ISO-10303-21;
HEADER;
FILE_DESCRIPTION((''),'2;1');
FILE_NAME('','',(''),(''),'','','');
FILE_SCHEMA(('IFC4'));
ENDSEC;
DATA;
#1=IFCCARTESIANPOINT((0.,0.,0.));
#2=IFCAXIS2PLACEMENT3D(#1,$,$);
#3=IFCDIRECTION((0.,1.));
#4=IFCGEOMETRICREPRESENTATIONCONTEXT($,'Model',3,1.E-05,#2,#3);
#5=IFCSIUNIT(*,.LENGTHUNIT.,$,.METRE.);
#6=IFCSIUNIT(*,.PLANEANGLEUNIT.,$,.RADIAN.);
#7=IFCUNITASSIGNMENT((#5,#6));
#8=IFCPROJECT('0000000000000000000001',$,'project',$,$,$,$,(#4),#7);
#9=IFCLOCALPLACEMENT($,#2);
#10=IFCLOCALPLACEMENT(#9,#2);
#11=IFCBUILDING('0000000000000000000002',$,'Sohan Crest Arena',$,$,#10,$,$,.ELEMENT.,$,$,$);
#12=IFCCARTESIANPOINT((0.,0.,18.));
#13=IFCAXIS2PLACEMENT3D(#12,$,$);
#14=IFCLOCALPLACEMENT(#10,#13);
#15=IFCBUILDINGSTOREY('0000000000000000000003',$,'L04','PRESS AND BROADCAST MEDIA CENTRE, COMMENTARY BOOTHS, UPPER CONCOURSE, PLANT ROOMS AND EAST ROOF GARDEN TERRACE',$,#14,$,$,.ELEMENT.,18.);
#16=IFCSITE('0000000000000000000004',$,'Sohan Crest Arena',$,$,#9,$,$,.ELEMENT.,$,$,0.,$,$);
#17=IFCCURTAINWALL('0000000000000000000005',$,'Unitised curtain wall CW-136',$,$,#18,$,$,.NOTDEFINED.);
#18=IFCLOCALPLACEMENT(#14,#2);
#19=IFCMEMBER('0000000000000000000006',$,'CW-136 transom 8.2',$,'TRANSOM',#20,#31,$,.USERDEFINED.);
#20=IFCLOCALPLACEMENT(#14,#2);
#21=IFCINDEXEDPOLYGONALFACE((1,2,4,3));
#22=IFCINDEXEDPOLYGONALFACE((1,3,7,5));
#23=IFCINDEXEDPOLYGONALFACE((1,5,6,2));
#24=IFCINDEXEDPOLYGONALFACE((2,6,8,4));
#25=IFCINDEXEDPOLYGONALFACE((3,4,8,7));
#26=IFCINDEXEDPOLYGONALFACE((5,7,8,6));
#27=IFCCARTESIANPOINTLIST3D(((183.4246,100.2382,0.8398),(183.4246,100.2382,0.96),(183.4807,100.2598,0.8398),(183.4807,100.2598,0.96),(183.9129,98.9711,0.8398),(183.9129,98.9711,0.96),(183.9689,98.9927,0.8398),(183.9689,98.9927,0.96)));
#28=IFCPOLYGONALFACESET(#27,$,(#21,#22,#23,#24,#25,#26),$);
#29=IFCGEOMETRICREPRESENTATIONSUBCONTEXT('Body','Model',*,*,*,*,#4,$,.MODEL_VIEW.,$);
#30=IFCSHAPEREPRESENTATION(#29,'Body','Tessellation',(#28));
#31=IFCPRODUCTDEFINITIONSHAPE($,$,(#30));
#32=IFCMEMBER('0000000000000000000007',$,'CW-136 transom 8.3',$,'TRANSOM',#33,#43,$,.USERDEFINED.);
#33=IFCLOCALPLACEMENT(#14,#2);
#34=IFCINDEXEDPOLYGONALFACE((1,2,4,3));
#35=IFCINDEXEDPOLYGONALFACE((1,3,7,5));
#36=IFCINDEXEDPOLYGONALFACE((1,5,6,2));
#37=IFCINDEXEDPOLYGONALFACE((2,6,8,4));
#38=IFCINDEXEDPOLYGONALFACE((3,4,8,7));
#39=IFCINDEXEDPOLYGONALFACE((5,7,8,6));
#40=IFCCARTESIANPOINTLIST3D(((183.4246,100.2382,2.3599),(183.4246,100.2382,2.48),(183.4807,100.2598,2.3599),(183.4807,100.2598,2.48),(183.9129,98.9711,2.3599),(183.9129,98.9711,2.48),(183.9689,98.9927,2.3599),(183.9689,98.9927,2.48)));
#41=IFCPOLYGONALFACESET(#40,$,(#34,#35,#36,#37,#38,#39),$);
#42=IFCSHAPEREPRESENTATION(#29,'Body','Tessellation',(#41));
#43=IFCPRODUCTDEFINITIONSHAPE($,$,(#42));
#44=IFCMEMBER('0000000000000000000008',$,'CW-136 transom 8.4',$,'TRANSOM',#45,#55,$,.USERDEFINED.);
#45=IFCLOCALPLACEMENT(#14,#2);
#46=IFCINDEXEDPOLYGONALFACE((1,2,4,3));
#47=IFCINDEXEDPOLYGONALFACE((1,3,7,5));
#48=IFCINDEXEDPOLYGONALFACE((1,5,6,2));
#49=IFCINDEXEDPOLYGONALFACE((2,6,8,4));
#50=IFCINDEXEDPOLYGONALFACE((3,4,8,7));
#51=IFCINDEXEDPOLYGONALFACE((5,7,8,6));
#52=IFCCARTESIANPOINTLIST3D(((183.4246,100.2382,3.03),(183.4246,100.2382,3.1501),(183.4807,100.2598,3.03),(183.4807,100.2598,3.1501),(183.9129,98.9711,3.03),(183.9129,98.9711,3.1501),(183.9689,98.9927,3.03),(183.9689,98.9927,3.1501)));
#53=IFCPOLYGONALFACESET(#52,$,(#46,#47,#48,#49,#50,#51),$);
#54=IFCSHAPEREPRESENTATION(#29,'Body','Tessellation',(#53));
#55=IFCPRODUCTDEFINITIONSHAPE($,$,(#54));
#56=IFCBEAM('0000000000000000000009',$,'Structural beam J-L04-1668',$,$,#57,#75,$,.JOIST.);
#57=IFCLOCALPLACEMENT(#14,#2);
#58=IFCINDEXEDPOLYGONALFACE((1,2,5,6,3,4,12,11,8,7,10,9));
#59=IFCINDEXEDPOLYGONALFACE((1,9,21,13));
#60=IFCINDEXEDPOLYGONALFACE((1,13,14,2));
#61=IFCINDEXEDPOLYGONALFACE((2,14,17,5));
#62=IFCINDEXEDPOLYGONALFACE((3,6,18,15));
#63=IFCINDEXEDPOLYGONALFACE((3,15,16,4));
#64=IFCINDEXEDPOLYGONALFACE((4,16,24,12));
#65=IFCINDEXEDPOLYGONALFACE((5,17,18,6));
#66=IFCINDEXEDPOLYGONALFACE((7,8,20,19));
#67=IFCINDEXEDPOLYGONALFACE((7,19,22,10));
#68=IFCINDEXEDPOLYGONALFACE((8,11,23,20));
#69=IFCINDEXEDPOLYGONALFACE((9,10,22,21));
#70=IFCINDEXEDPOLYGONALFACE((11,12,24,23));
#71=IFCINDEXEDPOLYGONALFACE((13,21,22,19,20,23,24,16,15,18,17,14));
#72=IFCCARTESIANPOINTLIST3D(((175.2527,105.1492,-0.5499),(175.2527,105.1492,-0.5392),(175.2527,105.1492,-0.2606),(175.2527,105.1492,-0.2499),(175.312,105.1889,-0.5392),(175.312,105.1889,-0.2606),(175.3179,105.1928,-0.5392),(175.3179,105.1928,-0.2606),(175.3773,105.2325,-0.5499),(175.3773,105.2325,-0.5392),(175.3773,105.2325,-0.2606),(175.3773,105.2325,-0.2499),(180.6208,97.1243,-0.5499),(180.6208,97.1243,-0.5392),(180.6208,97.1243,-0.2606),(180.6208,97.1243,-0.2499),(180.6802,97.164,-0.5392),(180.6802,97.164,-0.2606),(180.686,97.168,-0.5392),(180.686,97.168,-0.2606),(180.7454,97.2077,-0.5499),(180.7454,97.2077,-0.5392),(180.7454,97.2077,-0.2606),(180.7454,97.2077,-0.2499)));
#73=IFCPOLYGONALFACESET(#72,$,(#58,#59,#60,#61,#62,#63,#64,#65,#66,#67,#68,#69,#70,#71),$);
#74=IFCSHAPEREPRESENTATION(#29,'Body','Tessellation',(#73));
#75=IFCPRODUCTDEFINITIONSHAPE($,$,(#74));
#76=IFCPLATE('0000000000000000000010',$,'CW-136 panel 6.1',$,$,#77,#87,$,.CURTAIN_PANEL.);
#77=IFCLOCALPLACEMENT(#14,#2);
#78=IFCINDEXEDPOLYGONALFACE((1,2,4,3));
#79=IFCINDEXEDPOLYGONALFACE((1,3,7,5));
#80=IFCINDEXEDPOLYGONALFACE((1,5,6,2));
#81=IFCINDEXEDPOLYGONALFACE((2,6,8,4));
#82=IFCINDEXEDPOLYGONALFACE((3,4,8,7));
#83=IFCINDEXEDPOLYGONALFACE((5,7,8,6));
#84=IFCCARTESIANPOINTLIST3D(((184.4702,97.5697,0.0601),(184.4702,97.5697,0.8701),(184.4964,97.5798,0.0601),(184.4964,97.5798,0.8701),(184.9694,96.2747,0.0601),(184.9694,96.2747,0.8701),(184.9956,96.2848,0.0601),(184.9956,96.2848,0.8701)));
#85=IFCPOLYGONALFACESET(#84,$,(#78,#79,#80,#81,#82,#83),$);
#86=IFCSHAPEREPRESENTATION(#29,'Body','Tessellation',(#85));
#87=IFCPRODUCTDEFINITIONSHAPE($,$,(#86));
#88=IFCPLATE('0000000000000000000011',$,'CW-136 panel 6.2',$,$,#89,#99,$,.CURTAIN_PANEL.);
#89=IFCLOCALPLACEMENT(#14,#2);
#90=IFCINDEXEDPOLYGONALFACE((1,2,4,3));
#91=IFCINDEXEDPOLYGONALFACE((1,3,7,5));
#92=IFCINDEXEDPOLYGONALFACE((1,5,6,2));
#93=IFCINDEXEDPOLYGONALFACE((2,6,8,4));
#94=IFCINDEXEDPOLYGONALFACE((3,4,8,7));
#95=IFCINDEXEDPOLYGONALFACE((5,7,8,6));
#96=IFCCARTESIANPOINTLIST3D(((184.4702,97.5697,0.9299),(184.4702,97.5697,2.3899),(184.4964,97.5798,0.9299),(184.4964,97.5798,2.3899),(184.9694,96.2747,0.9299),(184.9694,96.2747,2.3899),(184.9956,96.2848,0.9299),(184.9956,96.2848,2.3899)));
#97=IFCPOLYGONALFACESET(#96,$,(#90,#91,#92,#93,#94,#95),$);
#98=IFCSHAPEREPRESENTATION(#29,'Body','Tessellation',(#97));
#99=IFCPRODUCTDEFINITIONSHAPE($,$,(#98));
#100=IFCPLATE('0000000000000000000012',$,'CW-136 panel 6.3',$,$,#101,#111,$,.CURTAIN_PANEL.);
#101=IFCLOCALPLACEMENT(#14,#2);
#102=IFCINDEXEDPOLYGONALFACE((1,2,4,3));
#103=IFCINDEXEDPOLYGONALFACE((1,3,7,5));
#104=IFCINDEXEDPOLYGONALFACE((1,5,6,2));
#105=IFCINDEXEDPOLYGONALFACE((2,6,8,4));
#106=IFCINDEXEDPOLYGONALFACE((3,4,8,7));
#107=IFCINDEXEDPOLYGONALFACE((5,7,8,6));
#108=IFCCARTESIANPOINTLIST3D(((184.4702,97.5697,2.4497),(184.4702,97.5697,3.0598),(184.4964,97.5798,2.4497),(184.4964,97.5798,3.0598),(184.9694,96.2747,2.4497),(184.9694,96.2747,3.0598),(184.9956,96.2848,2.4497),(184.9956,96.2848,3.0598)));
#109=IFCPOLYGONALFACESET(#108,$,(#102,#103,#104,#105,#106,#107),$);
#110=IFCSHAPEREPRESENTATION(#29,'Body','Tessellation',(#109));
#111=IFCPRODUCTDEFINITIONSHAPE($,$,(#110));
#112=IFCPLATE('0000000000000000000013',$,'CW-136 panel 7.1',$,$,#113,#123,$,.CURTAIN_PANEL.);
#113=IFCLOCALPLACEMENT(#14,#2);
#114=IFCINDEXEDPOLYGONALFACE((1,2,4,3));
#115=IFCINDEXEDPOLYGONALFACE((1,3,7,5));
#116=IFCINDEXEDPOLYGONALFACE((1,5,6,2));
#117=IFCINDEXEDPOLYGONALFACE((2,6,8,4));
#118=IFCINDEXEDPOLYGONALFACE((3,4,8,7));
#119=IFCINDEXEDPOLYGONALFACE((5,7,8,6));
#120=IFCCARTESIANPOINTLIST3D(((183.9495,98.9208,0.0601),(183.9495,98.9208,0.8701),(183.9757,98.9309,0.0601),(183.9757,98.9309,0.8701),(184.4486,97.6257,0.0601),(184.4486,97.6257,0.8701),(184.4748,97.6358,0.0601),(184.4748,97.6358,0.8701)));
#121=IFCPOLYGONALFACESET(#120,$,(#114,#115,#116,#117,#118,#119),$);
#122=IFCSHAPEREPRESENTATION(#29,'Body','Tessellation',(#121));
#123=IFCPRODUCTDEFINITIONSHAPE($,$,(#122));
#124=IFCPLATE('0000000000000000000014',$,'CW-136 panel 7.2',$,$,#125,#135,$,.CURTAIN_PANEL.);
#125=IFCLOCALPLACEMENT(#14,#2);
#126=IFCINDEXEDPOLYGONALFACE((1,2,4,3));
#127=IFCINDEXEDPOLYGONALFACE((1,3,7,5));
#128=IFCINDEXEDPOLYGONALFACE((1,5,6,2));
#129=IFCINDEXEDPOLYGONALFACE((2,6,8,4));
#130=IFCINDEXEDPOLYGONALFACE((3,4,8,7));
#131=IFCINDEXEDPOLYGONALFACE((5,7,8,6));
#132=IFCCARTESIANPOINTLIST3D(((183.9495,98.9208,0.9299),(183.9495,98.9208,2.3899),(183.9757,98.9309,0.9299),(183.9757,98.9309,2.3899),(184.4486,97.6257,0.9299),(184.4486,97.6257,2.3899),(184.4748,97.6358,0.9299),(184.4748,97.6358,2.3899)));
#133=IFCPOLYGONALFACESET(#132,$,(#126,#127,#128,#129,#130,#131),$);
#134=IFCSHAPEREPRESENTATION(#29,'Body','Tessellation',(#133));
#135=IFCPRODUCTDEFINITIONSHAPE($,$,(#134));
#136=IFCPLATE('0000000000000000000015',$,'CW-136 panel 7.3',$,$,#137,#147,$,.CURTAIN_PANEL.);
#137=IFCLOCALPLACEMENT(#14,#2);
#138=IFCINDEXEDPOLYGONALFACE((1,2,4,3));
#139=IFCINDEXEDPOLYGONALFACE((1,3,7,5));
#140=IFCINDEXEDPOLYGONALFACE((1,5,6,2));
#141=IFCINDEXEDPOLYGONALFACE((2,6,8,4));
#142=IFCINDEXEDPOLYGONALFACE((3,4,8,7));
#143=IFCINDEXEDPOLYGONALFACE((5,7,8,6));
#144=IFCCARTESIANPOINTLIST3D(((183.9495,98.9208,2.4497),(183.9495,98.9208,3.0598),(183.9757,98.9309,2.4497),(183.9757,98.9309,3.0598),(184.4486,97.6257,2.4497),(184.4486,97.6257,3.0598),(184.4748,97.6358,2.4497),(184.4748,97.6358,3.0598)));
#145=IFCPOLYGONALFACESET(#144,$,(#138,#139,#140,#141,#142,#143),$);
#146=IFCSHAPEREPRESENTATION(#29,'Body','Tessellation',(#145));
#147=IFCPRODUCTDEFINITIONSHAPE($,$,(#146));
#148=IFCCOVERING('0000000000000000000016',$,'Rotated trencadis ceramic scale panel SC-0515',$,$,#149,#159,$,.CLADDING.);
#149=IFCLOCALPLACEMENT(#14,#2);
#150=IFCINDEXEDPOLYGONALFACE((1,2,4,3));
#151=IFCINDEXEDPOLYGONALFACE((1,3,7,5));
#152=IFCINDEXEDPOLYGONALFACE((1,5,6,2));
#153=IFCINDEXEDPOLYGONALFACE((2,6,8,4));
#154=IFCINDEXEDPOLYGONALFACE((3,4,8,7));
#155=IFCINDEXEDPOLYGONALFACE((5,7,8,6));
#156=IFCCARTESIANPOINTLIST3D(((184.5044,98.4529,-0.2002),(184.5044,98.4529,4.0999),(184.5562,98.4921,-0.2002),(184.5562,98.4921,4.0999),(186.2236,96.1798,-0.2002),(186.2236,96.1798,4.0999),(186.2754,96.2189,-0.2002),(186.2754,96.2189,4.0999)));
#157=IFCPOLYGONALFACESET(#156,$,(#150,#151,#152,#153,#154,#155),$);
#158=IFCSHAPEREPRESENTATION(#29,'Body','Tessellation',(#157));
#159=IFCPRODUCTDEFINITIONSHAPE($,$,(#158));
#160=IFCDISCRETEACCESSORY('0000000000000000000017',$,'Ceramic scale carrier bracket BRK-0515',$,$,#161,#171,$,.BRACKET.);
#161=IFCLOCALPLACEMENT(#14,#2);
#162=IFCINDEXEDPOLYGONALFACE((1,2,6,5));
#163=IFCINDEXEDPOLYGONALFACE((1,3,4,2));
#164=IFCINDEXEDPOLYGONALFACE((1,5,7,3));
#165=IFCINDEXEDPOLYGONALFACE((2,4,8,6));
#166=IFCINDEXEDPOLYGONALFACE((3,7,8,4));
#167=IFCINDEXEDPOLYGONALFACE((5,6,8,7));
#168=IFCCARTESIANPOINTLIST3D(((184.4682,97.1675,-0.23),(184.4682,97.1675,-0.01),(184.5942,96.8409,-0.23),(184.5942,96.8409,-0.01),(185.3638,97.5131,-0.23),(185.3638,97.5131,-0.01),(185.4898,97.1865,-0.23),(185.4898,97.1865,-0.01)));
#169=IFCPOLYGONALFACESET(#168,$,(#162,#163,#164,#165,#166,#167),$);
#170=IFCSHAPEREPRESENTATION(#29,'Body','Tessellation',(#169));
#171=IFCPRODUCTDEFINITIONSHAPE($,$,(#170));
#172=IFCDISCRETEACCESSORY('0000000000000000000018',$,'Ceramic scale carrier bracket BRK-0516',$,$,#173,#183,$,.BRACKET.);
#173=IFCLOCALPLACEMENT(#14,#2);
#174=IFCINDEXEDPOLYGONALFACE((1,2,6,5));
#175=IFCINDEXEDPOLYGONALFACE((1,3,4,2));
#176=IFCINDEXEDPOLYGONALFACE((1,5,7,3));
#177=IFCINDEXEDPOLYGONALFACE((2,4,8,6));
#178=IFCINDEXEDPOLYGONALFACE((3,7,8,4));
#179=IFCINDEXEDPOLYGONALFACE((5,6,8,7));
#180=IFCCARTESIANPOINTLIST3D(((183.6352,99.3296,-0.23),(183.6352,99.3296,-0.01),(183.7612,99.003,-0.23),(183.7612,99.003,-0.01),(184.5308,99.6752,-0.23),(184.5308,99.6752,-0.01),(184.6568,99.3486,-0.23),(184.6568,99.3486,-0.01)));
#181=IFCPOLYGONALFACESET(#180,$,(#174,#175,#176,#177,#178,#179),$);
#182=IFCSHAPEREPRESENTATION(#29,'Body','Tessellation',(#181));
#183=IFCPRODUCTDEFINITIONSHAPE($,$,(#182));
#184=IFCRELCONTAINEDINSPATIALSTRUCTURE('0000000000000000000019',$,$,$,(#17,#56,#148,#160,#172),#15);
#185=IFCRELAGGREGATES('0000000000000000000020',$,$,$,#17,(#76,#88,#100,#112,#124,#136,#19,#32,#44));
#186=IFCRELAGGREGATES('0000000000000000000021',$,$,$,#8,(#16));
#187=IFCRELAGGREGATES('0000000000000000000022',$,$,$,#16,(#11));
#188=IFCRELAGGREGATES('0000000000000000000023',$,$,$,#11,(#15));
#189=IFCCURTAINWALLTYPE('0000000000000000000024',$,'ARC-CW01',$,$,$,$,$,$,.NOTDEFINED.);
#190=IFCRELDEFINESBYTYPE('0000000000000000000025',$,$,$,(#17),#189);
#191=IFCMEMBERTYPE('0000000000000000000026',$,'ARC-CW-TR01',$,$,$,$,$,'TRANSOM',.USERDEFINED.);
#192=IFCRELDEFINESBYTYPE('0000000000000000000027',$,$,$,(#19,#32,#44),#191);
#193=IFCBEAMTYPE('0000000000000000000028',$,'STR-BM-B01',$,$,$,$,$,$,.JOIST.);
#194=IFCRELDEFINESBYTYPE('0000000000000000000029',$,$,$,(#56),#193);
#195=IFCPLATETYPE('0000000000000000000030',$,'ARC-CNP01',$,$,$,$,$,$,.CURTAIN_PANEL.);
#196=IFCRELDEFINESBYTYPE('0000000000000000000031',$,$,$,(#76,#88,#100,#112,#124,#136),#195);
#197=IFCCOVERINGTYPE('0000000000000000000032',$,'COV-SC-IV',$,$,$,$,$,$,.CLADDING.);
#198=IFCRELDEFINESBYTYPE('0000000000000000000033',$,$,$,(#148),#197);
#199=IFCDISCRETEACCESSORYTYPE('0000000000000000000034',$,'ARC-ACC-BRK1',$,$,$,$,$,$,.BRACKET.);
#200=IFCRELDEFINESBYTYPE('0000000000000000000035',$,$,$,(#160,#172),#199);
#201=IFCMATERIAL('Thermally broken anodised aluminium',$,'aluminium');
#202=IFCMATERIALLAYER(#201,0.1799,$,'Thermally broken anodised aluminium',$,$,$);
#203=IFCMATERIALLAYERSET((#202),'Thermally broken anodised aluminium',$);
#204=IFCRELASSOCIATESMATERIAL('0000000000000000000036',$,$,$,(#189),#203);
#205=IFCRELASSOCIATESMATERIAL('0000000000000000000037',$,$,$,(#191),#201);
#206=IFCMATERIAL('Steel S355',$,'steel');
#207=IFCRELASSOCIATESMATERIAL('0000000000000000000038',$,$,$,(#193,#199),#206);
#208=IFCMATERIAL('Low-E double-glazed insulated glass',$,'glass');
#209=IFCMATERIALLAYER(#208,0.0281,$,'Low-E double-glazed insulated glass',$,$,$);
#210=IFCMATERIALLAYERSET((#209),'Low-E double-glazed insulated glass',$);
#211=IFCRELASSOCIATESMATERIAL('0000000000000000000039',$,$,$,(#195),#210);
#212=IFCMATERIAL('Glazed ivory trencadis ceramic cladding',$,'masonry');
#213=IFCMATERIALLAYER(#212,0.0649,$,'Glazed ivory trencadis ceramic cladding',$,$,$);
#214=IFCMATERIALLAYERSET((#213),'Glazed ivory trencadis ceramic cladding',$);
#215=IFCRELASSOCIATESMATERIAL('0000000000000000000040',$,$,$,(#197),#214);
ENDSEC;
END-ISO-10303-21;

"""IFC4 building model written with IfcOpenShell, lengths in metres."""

from ifc_helpers import new_model, si_unit, direction, frame, origin, origin_2d, place, context, subcontext, project, spatial, rectangle, i_section, extrude, material, layer, layer_set, material_profile, profile_set, type_object, element, aggregate, save


model = new_model("IFC4")

# Units and contexts
model_context = context("Model", 3, precision=1e-05, world=origin(), true_north=direction((0.0, 1.0)))
body_context = subcontext(model_context, "Body", "Model", "MODEL_VIEW")
ifc_project = project(units=[si_unit("LENGTHUNIT", "METRE"), si_unit("PLANEANGLEUNIT", "RADIAN")], contexts=[model_context])

# Site, building, storey
site_placement = place(None, origin())
site = spatial("IfcSite", under=ifc_project, at=site_placement, Name="Sohan Crest Arena", CompositionType="ELEMENT", RefElevation=0.0)
building_placement = place(site_placement, origin())
building = spatial("IfcBuilding", under=site, at=building_placement, Name="Sohan Crest Arena", CompositionType="ELEMENT")
storey_placement = place(building_placement, frame((0.0, 0.0, 18.0)))
storey = spatial("IfcBuildingStorey", under=building, at=storey_placement, Name="L04", Description="PRESS AND BROADCAST MEDIA CENTRE, COMMENTARY BOOTHS, UPPER CONCOURSE, PLANT ROOMS AND EAST ROOF GARDEN TERRACE", CompositionType="ELEMENT", Elevation=18.0)

# Shared definitions
ifc_material_1 = material(Name="Steel S355", Category="steel")

# Curtain wall, members
ifc_material_2 = material(Name="Thermally broken anodised aluminium", Category="aluminium")
ifc_layer_1 = layer(ifc_material_2, 0.1799, Name="Thermally broken anodised aluminium")
ifc_layer_set_1 = layer_set([ifc_layer_1], Name="Thermally broken anodised aluminium")
curtain_wall_type = type_object("IfcCurtainWallType", Name="ARC-CW01", PredefinedType="NOTDEFINED", material=ifc_layer_set_1)
curtain_wall_placement = place(storey_placement, origin())
curtain_wall = element("IfcCurtainWall", 1, at=curtain_wall_placement, inside=storey, type_object=curtain_wall_type, Name="Unitised curtain wall CW-136", PredefinedType="NOTDEFINED")
ifc_material_profile_1 = material_profile(ifc_material_2, rectangle(XDim=0.0601, YDim=0.1201, at=origin_2d()), Name="ALU-TRAN 60x120")
ifc_profile_set_1 = profile_set([ifc_material_profile_1], Name="Thermally broken anodised aluminium")
member_type_1 = type_object("IfcMemberType", Name="ARC-CW-TR01", ElementType="TRANSOM", PredefinedType="USERDEFINED", material=ifc_profile_set_1)
member_1_placement = place(storey_placement, frame((183.9409, 98.9819, 0.8999), z_axis=(-0.359581, 0.933114, 0.0), x_axis=(-0.933114, -0.359581, 0.0)))
member_1 = element("IfcMember", 2, at=member_1_placement, type_object=member_type_1, Name="CW-136 transom 8.2", ObjectType="TRANSOM", PredefinedType="USERDEFINED", context=body_context, shape_type="SweptSolid", body=[
    extrude(rectangle(XDim=0.0601, YDim=0.1201, at=origin_2d()), origin(), (0.0, 0.0, 1.0), 1.3579),
])
member_2_placement = place(storey_placement, frame((183.9409, 98.9819, 2.4199), z_axis=(-0.359581, 0.933114, 0.0), x_axis=(-0.933114, -0.359581, 0.0)))
member_2 = element("IfcMember", 3, at=member_2_placement, type_object=member_type_1, Name="CW-136 transom 8.3", ObjectType="TRANSOM", PredefinedType="USERDEFINED", context=body_context, shape_type="SweptSolid", body=[
    extrude(rectangle(XDim=0.0601, YDim=0.1201, at=origin_2d()), origin(), (0.0, 0.0, 1.0), 1.3579),
])
member_3_placement = place(storey_placement, frame((183.9409, 98.9819, 3.0901), z_axis=(-0.359581, 0.933114, 0.0), x_axis=(-0.933114, -0.359581, 0.0)))
member_3 = element("IfcMember", 4, at=member_3_placement, type_object=member_type_1, Name="CW-136 transom 8.4", ObjectType="TRANSOM", PredefinedType="USERDEFINED", context=body_context, shape_type="SweptSolid", body=[
    extrude(rectangle(XDim=0.0601, YDim=0.1201, at=origin_2d()), origin(), (0.0, 0.0, 1.0), 1.3579),
])

# Beam
ifc_material_profile_2 = material_profile(ifc_material_1, i_section(OverallWidth=0.1499, OverallDepth=0.3, WebThickness=0.0071, FlangeThickness=0.0107, at=origin_2d()), Name="IPE 300")
ifc_profile_set_2 = profile_set([ifc_material_profile_2], Name="Steel S355")
beam_type = type_object("IfcBeamType", Name="STR-BM-B01", PredefinedType="JOIST", material=ifc_profile_set_2)
beam_placement = place(storey_placement, frame((180.6831, 97.166, -0.3999), z_axis=(-0.556007, 0.831178, 0.0), x_axis=(-0.831178, -0.556007, 0.0)))
element("IfcBeam", 5, at=beam_placement, inside=storey, type_object=beam_type, Name="Structural beam J-L04-1668", PredefinedType="JOIST", context=body_context, shape_type="SweptSolid", body=[
    extrude(i_section(OverallWidth=0.1499, OverallDepth=0.3, WebThickness=0.0071, FlangeThickness=0.0107, at=origin_2d()), origin(), (0.0, 0.0, 1.0), 9.6548),
])

# Plates
ifc_material_3 = material(Name="Low-E double-glazed insulated glass", Category="glass")
ifc_layer_2 = layer(ifc_material_3, 0.0281, Name="Low-E double-glazed insulated glass")
ifc_layer_set_2 = layer_set([ifc_layer_2], Name="Low-E double-glazed insulated glass")
plate_type = type_object("IfcPlateType", Name="ARC-CNP01", PredefinedType="CURTAIN_PANEL", material=ifc_layer_set_2)
plate_1_placement = place(storey_placement, frame((184.7329, 96.9272, 0.0601), z_axis=(0.0, 0.0, 1.0), x_axis=(-0.359633, 0.933094, 0.0)))
plate_1 = element("IfcPlate", 6, at=plate_1_placement, type_object=plate_type, Name="CW-136 panel 6.1", PredefinedType="CURTAIN_PANEL", context=body_context, shape_type="SweptSolid", body=[
    extrude(rectangle(XDim=1.3879, YDim=0.0281, at=origin_2d()), origin(), (0.0, 0.0, 1.0), 0.8101),
])
plate_2_placement = place(storey_placement, frame((184.7329, 96.9272, 0.9299), z_axis=(0.0, 0.0, 1.0), x_axis=(-0.359633, 0.933094, 0.0)))
plate_2 = element("IfcPlate", 7, at=plate_2_placement, type_object=plate_type, Name="CW-136 panel 6.2", PredefinedType="CURTAIN_PANEL", context=body_context, shape_type="SweptSolid", body=[
    extrude(rectangle(XDim=1.3879, YDim=0.0281, at=origin_2d()), origin(), (0.0, 0.0, 1.0), 1.46),
])
plate_3_placement = place(storey_placement, frame((184.7329, 96.9272, 2.4497), z_axis=(0.0, 0.0, 1.0), x_axis=(-0.359633, 0.933094, 0.0)))
plate_3 = element("IfcPlate", 8, at=plate_3_placement, type_object=plate_type, Name="CW-136 panel 6.3", PredefinedType="CURTAIN_PANEL", context=body_context, shape_type="SweptSolid", body=[
    extrude(rectangle(XDim=1.3879, YDim=0.0281, at=origin_2d()), origin(), (0.0, 0.0, 1.0), 0.6101),
])
plate_4_placement = place(storey_placement, frame((184.2122, 98.2783, 0.0601), z_axis=(0.0, 0.0, 1.0), x_axis=(-0.359633, 0.933094, 0.0)))
plate_4 = element("IfcPlate", 9, at=plate_4_placement, type_object=plate_type, Name="CW-136 panel 7.1", PredefinedType="CURTAIN_PANEL", context=body_context, shape_type="SweptSolid", body=[
    extrude(rectangle(XDim=1.3879, YDim=0.0281, at=origin_2d()), origin(), (0.0, 0.0, 1.0), 0.8101),
])
plate_5_placement = place(storey_placement, frame((184.2122, 98.2783, 0.9299), z_axis=(0.0, 0.0, 1.0), x_axis=(-0.359633, 0.933094, 0.0)))
plate_5 = element("IfcPlate", 10, at=plate_5_placement, type_object=plate_type, Name="CW-136 panel 7.2", PredefinedType="CURTAIN_PANEL", context=body_context, shape_type="SweptSolid", body=[
    extrude(rectangle(XDim=1.3879, YDim=0.0281, at=origin_2d()), origin(), (0.0, 0.0, 1.0), 1.46),
])
plate_6_placement = place(storey_placement, frame((184.2122, 98.2783, 2.4497), z_axis=(0.0, 0.0, 1.0), x_axis=(-0.359633, 0.933094, 0.0)))
plate_6 = element("IfcPlate", 11, at=plate_6_placement, type_object=plate_type, Name="CW-136 panel 7.3", PredefinedType="CURTAIN_PANEL", context=body_context, shape_type="SweptSolid", body=[
    extrude(rectangle(XDim=1.3879, YDim=0.0281, at=origin_2d()), origin(), (0.0, 0.0, 1.0), 0.6101),
])
aggregate(curtain_wall, [plate_1, plate_2, plate_3, plate_4, plate_5, plate_6, member_1, member_2, member_3])

# Covering
ifc_material_4 = material(Name="Glazed ivory trencadis ceramic cladding", Category="masonry")
ifc_layer_3 = layer(ifc_material_4, 0.0649, Name="Glazed ivory trencadis ceramic cladding")
ifc_layer_set_3 = layer_set([ifc_layer_3], Name="Glazed ivory trencadis ceramic cladding")
covering_type = type_object("IfcCoveringType", Name="COV-SC-IV", PredefinedType="CLADDING", material=ifc_layer_set_3)
covering_placement = place(storey_placement, frame((185.3899, 97.3359, -0.2002), z_axis=(0.0, 0.0, 1.0), x_axis=(-0.603208, 0.797584, 0.0)))
element("IfcCovering", 12, at=covering_placement, inside=storey, type_object=covering_type, Name="Rotated trencadis ceramic scale panel SC-0515", PredefinedType="CLADDING", context=body_context, shape_type="SweptSolid", body=[
    extrude(rectangle(XDim=2.8501, YDim=0.0649, at=origin_2d()), origin(), (0.0, 0.0, 1.0), 4.3),
])

# Discrete accessories
discrete_accessory_type = type_object("IfcDiscreteAccessoryType", Name="ARC-ACC-BRK1", PredefinedType="BRACKET", material=ifc_material_1)
for number, where, z_axis, x_axis, name in (
    (13, (184.979, 97.177, -0.23), (0.0, 0.0, 1.0), (-0.359997, 0.932954, 0.0), "Ceramic scale carrier bracket BRK-0515"),
    (14, (184.146, 99.3391, -0.23), (0.0, 0.0, 1.0), (-0.359997, 0.932954, 0.0), "Ceramic scale carrier bracket BRK-0516"),
):
    element("IfcDiscreteAccessory", number, at=place(storey_placement, frame(where, z_axis=z_axis, x_axis=x_axis)), inside=storey, type_object=discrete_accessory_type, Name=name, PredefinedType="BRACKET", context=body_context, shape_type="SweptSolid", body=[
        extrude(rectangle(XDim=0.3501, YDim=0.96, at=origin_2d()), origin(), (0.0, 0.0, 1.0), 0.22),
    ])

save(model, "model.ifc")
